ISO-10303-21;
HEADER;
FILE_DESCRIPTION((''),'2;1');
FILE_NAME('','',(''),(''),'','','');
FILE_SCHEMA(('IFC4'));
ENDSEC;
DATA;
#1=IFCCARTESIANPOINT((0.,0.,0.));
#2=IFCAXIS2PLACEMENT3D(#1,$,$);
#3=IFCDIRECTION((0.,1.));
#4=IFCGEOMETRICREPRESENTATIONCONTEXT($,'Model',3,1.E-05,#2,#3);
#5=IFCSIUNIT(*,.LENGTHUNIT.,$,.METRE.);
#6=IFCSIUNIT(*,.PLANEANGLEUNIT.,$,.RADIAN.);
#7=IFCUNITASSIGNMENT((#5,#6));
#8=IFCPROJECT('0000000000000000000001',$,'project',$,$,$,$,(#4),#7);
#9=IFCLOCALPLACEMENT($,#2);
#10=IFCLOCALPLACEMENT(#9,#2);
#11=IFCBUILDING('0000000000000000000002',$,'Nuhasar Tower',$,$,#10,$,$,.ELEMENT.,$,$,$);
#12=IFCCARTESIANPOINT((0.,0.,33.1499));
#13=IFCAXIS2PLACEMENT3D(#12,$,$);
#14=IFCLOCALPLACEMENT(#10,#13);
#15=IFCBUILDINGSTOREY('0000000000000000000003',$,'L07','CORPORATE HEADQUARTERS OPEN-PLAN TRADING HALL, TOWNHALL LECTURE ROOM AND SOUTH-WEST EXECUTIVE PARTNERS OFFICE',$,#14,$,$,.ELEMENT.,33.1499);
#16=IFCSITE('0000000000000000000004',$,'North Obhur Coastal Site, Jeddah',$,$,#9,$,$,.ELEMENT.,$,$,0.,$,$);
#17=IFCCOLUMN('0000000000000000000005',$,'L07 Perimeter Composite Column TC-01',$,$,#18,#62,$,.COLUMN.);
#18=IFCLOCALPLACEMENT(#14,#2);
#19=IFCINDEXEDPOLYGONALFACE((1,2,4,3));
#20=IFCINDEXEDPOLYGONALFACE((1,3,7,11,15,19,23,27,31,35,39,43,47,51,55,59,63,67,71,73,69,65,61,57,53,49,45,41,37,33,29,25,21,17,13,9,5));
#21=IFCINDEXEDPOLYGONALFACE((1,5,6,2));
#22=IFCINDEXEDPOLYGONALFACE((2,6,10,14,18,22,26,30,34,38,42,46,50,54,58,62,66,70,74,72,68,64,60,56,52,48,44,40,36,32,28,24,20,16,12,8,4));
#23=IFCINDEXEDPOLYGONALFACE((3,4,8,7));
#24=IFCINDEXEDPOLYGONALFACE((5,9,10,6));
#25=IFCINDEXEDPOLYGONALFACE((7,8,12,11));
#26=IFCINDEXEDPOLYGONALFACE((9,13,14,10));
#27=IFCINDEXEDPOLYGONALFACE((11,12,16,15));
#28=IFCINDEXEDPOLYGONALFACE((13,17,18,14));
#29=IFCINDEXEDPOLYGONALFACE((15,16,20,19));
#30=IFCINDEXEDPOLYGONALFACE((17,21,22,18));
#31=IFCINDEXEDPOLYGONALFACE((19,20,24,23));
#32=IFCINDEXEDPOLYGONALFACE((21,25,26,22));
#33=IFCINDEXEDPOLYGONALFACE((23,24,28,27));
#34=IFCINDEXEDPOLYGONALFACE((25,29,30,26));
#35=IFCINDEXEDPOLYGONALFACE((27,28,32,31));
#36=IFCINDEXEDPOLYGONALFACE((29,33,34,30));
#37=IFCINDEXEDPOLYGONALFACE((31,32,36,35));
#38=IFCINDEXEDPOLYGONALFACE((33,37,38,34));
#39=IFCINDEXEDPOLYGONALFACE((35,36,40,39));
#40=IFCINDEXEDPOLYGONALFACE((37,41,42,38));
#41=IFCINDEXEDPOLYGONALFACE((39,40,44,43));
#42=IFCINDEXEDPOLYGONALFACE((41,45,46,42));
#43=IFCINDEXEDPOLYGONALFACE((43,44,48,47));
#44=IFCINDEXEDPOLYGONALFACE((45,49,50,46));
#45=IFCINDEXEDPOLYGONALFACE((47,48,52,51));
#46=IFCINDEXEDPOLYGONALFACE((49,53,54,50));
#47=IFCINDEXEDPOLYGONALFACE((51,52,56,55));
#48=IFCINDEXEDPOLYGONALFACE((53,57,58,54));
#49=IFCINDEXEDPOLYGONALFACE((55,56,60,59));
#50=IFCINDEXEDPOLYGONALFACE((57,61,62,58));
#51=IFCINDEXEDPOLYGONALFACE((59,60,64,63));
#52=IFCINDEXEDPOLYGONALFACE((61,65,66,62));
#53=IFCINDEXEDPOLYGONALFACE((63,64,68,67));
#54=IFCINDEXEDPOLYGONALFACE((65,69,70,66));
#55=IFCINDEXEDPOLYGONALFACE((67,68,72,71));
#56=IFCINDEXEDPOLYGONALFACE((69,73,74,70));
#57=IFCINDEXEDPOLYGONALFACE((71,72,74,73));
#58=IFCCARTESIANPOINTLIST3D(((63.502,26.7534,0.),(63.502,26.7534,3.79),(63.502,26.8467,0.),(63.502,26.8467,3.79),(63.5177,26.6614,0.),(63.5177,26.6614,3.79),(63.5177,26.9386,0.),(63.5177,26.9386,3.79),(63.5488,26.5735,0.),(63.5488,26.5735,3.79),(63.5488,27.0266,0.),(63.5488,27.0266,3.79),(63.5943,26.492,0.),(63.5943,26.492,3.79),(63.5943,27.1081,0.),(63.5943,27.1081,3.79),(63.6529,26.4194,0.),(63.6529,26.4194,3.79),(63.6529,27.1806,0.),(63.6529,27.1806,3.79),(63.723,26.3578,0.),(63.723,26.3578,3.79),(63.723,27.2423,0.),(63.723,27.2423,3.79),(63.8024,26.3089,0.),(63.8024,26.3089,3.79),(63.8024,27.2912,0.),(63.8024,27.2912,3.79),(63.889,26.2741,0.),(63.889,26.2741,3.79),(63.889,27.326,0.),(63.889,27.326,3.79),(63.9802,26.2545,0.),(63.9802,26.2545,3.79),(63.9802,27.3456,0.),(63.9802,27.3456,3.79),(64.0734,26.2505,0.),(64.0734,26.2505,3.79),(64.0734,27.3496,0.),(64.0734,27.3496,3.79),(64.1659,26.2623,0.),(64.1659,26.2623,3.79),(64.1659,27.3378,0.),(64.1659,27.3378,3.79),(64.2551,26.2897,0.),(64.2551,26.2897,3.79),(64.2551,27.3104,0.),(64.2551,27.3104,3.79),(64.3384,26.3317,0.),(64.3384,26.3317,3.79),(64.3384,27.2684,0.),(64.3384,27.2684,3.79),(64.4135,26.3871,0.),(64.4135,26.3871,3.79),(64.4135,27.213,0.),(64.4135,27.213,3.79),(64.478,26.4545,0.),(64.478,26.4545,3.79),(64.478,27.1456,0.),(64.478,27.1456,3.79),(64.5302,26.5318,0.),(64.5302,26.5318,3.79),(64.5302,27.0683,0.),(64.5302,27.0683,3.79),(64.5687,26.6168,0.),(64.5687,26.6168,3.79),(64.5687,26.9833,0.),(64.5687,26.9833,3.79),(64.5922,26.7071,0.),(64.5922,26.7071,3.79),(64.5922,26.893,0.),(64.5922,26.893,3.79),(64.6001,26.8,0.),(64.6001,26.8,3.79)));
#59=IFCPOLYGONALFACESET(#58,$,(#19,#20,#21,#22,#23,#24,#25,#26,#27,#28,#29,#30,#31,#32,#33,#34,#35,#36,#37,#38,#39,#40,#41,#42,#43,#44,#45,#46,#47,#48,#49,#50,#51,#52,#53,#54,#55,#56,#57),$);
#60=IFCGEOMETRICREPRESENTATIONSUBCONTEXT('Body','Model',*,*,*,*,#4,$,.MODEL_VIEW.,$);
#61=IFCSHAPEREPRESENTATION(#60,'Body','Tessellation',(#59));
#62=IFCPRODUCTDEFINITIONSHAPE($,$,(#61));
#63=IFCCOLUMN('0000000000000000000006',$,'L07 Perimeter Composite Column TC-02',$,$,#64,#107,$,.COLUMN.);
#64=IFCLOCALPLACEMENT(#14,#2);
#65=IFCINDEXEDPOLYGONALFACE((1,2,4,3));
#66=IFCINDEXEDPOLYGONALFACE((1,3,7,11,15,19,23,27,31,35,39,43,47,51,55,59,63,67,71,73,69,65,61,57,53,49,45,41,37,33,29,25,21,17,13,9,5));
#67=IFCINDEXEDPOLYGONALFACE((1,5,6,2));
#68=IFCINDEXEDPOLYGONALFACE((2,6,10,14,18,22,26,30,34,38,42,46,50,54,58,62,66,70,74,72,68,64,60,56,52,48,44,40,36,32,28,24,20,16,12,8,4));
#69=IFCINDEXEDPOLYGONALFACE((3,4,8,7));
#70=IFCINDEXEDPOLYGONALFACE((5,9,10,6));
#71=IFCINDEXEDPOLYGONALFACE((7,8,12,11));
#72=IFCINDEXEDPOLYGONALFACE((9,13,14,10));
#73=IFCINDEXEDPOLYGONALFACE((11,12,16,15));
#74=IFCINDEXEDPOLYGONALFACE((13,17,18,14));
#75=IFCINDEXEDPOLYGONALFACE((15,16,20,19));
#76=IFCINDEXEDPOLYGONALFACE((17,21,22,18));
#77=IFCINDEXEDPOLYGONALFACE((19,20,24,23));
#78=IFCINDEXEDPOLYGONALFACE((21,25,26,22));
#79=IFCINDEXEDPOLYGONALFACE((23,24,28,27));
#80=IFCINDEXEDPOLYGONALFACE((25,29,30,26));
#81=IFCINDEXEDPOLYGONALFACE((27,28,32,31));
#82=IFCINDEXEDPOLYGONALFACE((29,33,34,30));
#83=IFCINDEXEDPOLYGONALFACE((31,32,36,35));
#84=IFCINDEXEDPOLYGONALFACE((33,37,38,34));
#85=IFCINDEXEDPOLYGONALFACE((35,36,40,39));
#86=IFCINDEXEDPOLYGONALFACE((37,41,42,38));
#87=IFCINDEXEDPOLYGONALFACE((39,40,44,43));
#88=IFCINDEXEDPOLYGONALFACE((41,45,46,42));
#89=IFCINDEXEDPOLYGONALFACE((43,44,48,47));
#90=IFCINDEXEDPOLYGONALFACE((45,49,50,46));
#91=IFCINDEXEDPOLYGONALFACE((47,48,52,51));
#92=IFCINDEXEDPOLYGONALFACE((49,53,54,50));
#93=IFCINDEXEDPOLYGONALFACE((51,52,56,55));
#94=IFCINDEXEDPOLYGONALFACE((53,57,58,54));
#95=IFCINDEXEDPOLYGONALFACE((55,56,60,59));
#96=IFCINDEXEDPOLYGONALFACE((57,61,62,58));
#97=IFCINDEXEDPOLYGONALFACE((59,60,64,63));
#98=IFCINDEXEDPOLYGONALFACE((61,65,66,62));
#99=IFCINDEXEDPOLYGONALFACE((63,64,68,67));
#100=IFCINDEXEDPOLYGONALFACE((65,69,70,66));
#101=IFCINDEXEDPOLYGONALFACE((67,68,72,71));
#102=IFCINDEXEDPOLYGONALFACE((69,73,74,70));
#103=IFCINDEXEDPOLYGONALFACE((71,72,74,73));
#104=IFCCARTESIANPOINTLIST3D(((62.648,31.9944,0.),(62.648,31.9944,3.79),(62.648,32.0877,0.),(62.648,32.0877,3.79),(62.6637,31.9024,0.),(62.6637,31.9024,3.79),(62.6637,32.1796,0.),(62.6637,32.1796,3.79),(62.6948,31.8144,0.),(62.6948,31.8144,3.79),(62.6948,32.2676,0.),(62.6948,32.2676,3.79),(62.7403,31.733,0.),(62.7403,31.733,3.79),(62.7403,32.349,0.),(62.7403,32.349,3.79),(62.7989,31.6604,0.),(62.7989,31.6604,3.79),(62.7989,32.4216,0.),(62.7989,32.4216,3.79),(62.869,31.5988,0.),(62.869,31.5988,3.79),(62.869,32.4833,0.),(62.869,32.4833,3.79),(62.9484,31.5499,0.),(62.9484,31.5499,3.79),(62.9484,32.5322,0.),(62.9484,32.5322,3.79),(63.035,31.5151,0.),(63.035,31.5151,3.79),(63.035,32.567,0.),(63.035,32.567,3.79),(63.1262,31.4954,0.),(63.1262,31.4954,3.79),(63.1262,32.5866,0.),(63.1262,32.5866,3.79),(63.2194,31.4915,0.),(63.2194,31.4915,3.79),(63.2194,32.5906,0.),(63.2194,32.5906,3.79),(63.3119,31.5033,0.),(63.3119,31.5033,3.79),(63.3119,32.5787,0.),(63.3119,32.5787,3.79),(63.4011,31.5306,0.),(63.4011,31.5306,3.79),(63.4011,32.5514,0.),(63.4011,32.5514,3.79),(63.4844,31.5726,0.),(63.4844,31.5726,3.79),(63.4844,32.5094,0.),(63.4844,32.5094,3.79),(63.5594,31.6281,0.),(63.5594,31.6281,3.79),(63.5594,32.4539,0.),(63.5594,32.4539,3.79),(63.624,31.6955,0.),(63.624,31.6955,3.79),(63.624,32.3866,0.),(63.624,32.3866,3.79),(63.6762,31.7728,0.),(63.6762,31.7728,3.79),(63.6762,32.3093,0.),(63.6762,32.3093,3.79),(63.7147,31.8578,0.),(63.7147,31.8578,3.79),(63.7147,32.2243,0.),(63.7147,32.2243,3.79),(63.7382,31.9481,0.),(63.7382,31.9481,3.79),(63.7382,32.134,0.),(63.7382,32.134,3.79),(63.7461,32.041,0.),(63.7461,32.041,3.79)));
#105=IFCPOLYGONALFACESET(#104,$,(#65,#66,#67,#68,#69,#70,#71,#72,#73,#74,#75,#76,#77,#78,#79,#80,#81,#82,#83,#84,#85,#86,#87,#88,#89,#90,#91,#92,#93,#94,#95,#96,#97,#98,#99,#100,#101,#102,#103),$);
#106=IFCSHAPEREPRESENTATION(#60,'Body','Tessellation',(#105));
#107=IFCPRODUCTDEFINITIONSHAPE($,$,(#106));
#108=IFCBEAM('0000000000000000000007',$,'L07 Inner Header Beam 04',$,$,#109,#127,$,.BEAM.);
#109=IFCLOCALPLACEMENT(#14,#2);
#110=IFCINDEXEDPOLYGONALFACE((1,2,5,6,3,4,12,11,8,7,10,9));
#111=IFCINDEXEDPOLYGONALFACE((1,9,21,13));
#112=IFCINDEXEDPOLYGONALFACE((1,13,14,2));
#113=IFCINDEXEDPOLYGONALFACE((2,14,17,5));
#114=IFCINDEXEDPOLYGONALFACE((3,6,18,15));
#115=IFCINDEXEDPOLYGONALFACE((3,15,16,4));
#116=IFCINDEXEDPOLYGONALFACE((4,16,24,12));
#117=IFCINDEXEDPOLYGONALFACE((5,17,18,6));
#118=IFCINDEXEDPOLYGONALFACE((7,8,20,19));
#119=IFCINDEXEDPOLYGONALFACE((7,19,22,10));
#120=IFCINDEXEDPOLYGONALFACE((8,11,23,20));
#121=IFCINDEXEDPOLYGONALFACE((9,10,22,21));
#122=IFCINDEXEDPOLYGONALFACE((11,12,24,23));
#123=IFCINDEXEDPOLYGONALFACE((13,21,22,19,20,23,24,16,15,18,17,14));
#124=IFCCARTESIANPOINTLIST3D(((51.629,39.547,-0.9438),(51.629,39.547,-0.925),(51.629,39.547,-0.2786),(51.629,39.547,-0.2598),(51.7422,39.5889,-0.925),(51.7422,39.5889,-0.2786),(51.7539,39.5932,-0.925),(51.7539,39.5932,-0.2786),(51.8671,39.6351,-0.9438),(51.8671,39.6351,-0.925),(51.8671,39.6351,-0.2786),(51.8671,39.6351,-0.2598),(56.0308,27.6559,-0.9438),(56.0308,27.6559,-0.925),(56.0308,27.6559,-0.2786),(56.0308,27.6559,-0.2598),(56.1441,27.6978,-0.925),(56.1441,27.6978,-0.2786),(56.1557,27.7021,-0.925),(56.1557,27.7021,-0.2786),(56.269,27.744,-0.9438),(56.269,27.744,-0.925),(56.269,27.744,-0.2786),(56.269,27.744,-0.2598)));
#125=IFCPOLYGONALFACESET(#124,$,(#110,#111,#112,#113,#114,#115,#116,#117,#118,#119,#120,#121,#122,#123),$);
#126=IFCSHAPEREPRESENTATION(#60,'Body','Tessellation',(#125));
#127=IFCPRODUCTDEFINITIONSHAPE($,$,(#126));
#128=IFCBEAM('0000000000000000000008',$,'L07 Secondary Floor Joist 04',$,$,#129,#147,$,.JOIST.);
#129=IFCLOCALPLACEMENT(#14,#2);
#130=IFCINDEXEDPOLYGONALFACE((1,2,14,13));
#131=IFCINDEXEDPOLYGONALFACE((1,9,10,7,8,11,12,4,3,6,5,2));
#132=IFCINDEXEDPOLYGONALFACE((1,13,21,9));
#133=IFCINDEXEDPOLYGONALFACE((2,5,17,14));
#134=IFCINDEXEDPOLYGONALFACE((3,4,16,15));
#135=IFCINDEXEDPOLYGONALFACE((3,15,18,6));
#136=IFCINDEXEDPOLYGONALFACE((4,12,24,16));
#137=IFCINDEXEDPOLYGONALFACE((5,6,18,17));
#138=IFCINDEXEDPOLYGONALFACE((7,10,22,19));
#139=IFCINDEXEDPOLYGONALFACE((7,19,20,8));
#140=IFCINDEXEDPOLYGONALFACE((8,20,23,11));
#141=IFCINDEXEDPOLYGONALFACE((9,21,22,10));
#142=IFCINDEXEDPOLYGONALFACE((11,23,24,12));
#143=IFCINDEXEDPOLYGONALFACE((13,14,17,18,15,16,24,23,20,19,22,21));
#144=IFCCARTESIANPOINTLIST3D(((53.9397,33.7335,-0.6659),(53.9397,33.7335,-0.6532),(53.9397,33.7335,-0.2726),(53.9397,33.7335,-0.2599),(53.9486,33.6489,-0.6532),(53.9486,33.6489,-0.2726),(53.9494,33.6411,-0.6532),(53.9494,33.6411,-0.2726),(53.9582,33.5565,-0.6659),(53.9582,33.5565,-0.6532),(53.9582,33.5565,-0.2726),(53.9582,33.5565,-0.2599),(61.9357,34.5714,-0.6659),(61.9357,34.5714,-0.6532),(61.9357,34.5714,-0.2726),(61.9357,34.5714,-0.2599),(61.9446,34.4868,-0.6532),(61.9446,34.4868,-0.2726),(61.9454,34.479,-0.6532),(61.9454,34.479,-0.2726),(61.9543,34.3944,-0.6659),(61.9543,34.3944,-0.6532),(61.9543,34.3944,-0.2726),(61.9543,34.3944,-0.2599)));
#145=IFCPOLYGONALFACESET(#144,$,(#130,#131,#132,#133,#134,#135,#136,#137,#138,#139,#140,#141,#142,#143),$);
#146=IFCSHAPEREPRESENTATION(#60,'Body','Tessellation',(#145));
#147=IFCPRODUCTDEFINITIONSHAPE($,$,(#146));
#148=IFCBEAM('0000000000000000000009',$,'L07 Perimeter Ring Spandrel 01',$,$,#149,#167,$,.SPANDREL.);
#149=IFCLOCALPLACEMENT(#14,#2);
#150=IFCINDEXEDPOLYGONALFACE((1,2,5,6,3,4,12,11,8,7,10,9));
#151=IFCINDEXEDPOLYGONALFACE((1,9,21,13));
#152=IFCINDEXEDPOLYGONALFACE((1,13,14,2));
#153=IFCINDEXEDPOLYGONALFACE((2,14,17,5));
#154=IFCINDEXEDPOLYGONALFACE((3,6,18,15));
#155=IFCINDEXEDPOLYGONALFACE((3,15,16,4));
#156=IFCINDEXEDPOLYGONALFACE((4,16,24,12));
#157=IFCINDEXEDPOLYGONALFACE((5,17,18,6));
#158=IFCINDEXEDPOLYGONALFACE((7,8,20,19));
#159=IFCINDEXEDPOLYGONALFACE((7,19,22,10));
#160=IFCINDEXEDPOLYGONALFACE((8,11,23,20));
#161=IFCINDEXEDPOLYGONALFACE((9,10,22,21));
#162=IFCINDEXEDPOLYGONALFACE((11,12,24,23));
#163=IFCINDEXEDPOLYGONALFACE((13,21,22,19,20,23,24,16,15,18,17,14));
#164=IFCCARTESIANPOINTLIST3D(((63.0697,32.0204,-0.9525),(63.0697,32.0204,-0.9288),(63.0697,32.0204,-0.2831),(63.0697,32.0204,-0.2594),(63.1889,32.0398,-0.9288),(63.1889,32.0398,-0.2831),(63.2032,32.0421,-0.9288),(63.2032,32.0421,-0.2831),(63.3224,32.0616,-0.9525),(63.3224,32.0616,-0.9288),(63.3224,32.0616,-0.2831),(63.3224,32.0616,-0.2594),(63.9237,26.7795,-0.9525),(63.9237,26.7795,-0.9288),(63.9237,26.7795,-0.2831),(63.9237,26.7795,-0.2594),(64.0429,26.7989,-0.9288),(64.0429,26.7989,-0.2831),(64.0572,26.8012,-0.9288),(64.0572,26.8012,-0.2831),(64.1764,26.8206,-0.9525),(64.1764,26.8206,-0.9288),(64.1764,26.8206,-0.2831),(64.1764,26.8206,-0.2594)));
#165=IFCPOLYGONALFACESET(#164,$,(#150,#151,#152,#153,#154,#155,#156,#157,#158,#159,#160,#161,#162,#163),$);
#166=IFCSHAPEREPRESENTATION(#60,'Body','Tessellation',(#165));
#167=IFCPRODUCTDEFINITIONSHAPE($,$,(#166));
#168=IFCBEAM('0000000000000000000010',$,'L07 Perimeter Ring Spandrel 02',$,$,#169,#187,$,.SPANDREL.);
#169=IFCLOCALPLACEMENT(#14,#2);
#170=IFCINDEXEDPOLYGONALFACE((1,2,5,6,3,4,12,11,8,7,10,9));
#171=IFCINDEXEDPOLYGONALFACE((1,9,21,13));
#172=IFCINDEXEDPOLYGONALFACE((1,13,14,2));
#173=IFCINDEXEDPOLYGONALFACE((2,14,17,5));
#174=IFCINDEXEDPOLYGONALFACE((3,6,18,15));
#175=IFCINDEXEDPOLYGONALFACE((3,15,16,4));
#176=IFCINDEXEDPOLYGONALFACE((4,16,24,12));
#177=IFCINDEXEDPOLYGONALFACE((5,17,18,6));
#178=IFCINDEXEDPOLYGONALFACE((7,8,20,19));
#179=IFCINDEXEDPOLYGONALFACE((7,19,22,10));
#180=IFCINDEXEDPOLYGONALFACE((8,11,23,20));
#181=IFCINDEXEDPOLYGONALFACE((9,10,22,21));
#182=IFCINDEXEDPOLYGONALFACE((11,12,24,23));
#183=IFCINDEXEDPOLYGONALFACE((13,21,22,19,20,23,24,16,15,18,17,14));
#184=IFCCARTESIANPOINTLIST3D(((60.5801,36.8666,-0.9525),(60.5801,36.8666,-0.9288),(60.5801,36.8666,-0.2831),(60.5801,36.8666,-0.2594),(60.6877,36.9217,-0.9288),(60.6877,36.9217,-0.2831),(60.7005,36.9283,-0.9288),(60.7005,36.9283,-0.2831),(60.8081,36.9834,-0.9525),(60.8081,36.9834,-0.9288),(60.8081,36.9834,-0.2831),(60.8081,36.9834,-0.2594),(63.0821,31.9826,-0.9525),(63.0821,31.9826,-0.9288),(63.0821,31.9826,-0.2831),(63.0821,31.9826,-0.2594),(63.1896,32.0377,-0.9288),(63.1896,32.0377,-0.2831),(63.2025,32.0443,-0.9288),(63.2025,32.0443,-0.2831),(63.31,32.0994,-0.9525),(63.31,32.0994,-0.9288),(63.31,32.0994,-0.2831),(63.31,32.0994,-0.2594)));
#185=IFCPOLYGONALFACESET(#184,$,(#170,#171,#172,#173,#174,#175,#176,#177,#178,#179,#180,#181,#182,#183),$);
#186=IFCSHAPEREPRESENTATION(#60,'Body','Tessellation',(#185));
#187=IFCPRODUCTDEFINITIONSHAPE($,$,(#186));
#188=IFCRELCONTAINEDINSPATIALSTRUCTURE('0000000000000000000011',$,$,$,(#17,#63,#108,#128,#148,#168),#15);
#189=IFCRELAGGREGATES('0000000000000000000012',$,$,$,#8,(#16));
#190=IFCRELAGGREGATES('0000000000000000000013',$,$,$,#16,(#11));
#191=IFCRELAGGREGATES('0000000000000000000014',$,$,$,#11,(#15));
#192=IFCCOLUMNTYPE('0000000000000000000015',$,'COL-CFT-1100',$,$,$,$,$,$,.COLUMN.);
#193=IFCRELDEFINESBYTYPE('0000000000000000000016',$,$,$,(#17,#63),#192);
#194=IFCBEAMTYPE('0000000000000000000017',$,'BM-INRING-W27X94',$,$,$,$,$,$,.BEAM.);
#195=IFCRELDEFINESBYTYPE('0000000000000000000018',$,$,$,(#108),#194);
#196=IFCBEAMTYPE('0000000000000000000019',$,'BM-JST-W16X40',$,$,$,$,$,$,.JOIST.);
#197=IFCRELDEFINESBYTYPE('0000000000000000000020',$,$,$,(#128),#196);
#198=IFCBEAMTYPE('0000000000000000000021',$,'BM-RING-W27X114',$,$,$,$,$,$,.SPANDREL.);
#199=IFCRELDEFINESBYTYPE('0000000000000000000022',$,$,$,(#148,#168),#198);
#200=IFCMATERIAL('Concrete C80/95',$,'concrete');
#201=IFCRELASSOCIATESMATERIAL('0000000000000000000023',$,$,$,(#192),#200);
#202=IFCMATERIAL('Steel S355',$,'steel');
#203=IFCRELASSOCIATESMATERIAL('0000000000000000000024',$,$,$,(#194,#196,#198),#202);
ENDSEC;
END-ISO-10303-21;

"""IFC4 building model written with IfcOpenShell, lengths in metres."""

from ifc_helpers import new_model, si_unit, direction, frame, origin, origin_2d, place, context, subcontext, project, spatial, circle, i_section, extrude, material, material_profile, profile_set, type_object, element, save


model = new_model("IFC4")

# Units and contexts
model_context = context("Model", 3, precision=1e-05, world=origin(), true_north=direction((0.0, 1.0)))
body_context = subcontext(model_context, "Body", "Model", "MODEL_VIEW")
ifc_project = project(units=[si_unit("LENGTHUNIT", "METRE"), si_unit("PLANEANGLEUNIT", "RADIAN")], contexts=[model_context])

# Site, building, storey
site_placement = place(None, origin())
site = spatial("IfcSite", under=ifc_project, at=site_placement, Name="North Obhur Coastal Site, Jeddah", CompositionType="ELEMENT", RefElevation=0.0)
building_placement = place(site_placement, origin())
building = spatial("IfcBuilding", under=site, at=building_placement, Name="Nuhasar Tower", CompositionType="ELEMENT")
storey_placement = place(building_placement, frame((0.0, 0.0, 33.1499)))
storey = spatial("IfcBuildingStorey", under=building, at=storey_placement, Name="L07", Description="CORPORATE HEADQUARTERS OPEN-PLAN TRADING HALL, TOWNHALL LECTURE ROOM AND SOUTH-WEST EXECUTIVE PARTNERS OFFICE", CompositionType="ELEMENT", Elevation=33.1499)

# Columns
ifc_material_1 = material(Name="Concrete C80/95", Category="concrete")
ifc_material_profile_1 = material_profile(ifc_material_1, circle(Radius=0.55, at=origin_2d()), Name="CFT1100")
ifc_profile_set_1 = profile_set([ifc_material_profile_1], Name="Concrete C80/95")
column_type = type_object("IfcColumnType", Name="COL-CFT-1100", PredefinedType="COLUMN", material=ifc_profile_set_1)
for number, where, z_axis, x_axis, name in (
    (1, (64.05, 26.8, 0.0), (0.0, 0.0, 1.0), (1.0, 0.0, 0.0), "L07 Perimeter Composite Column TC-01"),
    (2, (63.196, 32.041, 0.0), (0.0, 0.0, 1.0), (1.0, 0.0, 0.0), "L07 Perimeter Composite Column TC-02"),
):
    element("IfcColumn", number, at=place(storey_placement, frame(where, z_axis=z_axis, x_axis=x_axis)), inside=storey, type_object=column_type, Name=name, PredefinedType="COLUMN", context=body_context, shape_type="SweptSolid", body=[
        extrude(circle(Radius=0.55, at=origin_2d()), origin(), (0.0, 0.0, 1.0), 3.79),
    ])

# Beams
ifc_material_2 = material(Name="Steel S355", Category="steel")
ifc_material_profile_2 = material_profile(ifc_material_2, i_section(OverallWidth=0.2539, OverallDepth=0.6841, WebThickness=0.0125, FlangeThickness=0.0188, at=origin_2d()), Name="W27X94")
ifc_profile_set_2 = profile_set([ifc_material_profile_2], Name="Steel S355")
beam_type_1 = type_object("IfcBeamType", Name="BM-INRING-W27X94", PredefinedType="BEAM", material=ifc_profile_set_2)
beam_1_placement = place(storey_placement, frame((56.1499, 27.7, -0.6018), z_axis=(-0.347158, 0.937807, 0.0), x_axis=(-0.937807, -0.347158, 0.0)))
element("IfcBeam", 3, at=beam_1_placement, inside=storey, type_object=beam_type_1, Name="L07 Inner Header Beam 04", PredefinedType="BEAM", context=body_context, shape_type="SweptSolid", body=[
    extrude(i_section(OverallWidth=0.2539, OverallDepth=0.6841, WebThickness=0.0125, FlangeThickness=0.0188, at=origin_2d()), origin(), (0.0, 0.0, 1.0), 12.6797),
])
ifc_material_profile_3 = material_profile(ifc_material_2, i_section(OverallWidth=0.178, OverallDepth=0.406, WebThickness=0.0078, FlangeThickness=0.0127, at=origin_2d()), Name="W16X40")
ifc_profile_set_3 = profile_set([ifc_material_profile_3], Name="Steel S355")
beam_type_2 = type_object("IfcBeamType", Name="BM-JST-W16X40", PredefinedType="JOIST", material=ifc_profile_set_3)
beam_2_placement = place(storey_placement, frame((53.949, 33.645, -0.4629), z_axis=(0.994555, 0.104217, 0.0), x_axis=(-0.104217, 0.994555, 0.0)))
element("IfcBeam", 4, at=beam_2_placement, inside=storey, type_object=beam_type_2, Name="L07 Secondary Floor Joist 04", PredefinedType="JOIST", context=body_context, shape_type="SweptSolid", body=[
    extrude(i_section(OverallWidth=0.178, OverallDepth=0.406, WebThickness=0.0078, FlangeThickness=0.0127, at=origin_2d()), origin(), (0.0, 0.0, 1.0), 8.0398),
])
ifc_material_profile_4 = material_profile(ifc_material_2, i_section(OverallWidth=0.2561, OverallDepth=0.6931, WebThickness=0.0144, FlangeThickness=0.0237, at=origin_2d()), Name="W27X114")
ifc_profile_set_4 = profile_set([ifc_material_profile_4], Name="Steel S355")
beam_type_3 = type_object("IfcBeamType", Name="BM-RING-W27X114", PredefinedType="SPANDREL", material=ifc_profile_set_4)
beam_3_placement = place(storey_placement, frame((64.05, 26.8, -0.606), z_axis=(-0.160827, 0.986983, 0.0), x_axis=(-0.986983, -0.160827, 0.0)))
element("IfcBeam", 5, at=beam_3_placement, inside=storey, type_object=beam_type_3, Name="L07 Perimeter Ring Spandrel 01", PredefinedType="SPANDREL", context=body_context, shape_type="SweptSolid", body=[
    extrude(i_section(OverallWidth=0.2561, OverallDepth=0.6931, WebThickness=0.0144, FlangeThickness=0.0237, at=origin_2d()), origin(), (0.0, 0.0, 1.0), 5.3101),
])
beam_4_placement = place(storey_placement, frame((63.196, 32.041, -0.606), z_axis=(-0.45593, 0.890016, 0.0), x_axis=(-0.890016, -0.45593, 0.0)))
element("IfcBeam", 6, at=beam_4_placement, inside=storey, type_object=beam_type_3, Name="L07 Perimeter Ring Spandrel 02", PredefinedType="SPANDREL", context=body_context, shape_type="SweptSolid", body=[
    extrude(i_section(OverallWidth=0.2561, OverallDepth=0.6931, WebThickness=0.0144, FlangeThickness=0.0237, at=origin_2d()), origin(), (0.0, 0.0, 1.0), 5.4875),
])

save(model, "model.ifc")
